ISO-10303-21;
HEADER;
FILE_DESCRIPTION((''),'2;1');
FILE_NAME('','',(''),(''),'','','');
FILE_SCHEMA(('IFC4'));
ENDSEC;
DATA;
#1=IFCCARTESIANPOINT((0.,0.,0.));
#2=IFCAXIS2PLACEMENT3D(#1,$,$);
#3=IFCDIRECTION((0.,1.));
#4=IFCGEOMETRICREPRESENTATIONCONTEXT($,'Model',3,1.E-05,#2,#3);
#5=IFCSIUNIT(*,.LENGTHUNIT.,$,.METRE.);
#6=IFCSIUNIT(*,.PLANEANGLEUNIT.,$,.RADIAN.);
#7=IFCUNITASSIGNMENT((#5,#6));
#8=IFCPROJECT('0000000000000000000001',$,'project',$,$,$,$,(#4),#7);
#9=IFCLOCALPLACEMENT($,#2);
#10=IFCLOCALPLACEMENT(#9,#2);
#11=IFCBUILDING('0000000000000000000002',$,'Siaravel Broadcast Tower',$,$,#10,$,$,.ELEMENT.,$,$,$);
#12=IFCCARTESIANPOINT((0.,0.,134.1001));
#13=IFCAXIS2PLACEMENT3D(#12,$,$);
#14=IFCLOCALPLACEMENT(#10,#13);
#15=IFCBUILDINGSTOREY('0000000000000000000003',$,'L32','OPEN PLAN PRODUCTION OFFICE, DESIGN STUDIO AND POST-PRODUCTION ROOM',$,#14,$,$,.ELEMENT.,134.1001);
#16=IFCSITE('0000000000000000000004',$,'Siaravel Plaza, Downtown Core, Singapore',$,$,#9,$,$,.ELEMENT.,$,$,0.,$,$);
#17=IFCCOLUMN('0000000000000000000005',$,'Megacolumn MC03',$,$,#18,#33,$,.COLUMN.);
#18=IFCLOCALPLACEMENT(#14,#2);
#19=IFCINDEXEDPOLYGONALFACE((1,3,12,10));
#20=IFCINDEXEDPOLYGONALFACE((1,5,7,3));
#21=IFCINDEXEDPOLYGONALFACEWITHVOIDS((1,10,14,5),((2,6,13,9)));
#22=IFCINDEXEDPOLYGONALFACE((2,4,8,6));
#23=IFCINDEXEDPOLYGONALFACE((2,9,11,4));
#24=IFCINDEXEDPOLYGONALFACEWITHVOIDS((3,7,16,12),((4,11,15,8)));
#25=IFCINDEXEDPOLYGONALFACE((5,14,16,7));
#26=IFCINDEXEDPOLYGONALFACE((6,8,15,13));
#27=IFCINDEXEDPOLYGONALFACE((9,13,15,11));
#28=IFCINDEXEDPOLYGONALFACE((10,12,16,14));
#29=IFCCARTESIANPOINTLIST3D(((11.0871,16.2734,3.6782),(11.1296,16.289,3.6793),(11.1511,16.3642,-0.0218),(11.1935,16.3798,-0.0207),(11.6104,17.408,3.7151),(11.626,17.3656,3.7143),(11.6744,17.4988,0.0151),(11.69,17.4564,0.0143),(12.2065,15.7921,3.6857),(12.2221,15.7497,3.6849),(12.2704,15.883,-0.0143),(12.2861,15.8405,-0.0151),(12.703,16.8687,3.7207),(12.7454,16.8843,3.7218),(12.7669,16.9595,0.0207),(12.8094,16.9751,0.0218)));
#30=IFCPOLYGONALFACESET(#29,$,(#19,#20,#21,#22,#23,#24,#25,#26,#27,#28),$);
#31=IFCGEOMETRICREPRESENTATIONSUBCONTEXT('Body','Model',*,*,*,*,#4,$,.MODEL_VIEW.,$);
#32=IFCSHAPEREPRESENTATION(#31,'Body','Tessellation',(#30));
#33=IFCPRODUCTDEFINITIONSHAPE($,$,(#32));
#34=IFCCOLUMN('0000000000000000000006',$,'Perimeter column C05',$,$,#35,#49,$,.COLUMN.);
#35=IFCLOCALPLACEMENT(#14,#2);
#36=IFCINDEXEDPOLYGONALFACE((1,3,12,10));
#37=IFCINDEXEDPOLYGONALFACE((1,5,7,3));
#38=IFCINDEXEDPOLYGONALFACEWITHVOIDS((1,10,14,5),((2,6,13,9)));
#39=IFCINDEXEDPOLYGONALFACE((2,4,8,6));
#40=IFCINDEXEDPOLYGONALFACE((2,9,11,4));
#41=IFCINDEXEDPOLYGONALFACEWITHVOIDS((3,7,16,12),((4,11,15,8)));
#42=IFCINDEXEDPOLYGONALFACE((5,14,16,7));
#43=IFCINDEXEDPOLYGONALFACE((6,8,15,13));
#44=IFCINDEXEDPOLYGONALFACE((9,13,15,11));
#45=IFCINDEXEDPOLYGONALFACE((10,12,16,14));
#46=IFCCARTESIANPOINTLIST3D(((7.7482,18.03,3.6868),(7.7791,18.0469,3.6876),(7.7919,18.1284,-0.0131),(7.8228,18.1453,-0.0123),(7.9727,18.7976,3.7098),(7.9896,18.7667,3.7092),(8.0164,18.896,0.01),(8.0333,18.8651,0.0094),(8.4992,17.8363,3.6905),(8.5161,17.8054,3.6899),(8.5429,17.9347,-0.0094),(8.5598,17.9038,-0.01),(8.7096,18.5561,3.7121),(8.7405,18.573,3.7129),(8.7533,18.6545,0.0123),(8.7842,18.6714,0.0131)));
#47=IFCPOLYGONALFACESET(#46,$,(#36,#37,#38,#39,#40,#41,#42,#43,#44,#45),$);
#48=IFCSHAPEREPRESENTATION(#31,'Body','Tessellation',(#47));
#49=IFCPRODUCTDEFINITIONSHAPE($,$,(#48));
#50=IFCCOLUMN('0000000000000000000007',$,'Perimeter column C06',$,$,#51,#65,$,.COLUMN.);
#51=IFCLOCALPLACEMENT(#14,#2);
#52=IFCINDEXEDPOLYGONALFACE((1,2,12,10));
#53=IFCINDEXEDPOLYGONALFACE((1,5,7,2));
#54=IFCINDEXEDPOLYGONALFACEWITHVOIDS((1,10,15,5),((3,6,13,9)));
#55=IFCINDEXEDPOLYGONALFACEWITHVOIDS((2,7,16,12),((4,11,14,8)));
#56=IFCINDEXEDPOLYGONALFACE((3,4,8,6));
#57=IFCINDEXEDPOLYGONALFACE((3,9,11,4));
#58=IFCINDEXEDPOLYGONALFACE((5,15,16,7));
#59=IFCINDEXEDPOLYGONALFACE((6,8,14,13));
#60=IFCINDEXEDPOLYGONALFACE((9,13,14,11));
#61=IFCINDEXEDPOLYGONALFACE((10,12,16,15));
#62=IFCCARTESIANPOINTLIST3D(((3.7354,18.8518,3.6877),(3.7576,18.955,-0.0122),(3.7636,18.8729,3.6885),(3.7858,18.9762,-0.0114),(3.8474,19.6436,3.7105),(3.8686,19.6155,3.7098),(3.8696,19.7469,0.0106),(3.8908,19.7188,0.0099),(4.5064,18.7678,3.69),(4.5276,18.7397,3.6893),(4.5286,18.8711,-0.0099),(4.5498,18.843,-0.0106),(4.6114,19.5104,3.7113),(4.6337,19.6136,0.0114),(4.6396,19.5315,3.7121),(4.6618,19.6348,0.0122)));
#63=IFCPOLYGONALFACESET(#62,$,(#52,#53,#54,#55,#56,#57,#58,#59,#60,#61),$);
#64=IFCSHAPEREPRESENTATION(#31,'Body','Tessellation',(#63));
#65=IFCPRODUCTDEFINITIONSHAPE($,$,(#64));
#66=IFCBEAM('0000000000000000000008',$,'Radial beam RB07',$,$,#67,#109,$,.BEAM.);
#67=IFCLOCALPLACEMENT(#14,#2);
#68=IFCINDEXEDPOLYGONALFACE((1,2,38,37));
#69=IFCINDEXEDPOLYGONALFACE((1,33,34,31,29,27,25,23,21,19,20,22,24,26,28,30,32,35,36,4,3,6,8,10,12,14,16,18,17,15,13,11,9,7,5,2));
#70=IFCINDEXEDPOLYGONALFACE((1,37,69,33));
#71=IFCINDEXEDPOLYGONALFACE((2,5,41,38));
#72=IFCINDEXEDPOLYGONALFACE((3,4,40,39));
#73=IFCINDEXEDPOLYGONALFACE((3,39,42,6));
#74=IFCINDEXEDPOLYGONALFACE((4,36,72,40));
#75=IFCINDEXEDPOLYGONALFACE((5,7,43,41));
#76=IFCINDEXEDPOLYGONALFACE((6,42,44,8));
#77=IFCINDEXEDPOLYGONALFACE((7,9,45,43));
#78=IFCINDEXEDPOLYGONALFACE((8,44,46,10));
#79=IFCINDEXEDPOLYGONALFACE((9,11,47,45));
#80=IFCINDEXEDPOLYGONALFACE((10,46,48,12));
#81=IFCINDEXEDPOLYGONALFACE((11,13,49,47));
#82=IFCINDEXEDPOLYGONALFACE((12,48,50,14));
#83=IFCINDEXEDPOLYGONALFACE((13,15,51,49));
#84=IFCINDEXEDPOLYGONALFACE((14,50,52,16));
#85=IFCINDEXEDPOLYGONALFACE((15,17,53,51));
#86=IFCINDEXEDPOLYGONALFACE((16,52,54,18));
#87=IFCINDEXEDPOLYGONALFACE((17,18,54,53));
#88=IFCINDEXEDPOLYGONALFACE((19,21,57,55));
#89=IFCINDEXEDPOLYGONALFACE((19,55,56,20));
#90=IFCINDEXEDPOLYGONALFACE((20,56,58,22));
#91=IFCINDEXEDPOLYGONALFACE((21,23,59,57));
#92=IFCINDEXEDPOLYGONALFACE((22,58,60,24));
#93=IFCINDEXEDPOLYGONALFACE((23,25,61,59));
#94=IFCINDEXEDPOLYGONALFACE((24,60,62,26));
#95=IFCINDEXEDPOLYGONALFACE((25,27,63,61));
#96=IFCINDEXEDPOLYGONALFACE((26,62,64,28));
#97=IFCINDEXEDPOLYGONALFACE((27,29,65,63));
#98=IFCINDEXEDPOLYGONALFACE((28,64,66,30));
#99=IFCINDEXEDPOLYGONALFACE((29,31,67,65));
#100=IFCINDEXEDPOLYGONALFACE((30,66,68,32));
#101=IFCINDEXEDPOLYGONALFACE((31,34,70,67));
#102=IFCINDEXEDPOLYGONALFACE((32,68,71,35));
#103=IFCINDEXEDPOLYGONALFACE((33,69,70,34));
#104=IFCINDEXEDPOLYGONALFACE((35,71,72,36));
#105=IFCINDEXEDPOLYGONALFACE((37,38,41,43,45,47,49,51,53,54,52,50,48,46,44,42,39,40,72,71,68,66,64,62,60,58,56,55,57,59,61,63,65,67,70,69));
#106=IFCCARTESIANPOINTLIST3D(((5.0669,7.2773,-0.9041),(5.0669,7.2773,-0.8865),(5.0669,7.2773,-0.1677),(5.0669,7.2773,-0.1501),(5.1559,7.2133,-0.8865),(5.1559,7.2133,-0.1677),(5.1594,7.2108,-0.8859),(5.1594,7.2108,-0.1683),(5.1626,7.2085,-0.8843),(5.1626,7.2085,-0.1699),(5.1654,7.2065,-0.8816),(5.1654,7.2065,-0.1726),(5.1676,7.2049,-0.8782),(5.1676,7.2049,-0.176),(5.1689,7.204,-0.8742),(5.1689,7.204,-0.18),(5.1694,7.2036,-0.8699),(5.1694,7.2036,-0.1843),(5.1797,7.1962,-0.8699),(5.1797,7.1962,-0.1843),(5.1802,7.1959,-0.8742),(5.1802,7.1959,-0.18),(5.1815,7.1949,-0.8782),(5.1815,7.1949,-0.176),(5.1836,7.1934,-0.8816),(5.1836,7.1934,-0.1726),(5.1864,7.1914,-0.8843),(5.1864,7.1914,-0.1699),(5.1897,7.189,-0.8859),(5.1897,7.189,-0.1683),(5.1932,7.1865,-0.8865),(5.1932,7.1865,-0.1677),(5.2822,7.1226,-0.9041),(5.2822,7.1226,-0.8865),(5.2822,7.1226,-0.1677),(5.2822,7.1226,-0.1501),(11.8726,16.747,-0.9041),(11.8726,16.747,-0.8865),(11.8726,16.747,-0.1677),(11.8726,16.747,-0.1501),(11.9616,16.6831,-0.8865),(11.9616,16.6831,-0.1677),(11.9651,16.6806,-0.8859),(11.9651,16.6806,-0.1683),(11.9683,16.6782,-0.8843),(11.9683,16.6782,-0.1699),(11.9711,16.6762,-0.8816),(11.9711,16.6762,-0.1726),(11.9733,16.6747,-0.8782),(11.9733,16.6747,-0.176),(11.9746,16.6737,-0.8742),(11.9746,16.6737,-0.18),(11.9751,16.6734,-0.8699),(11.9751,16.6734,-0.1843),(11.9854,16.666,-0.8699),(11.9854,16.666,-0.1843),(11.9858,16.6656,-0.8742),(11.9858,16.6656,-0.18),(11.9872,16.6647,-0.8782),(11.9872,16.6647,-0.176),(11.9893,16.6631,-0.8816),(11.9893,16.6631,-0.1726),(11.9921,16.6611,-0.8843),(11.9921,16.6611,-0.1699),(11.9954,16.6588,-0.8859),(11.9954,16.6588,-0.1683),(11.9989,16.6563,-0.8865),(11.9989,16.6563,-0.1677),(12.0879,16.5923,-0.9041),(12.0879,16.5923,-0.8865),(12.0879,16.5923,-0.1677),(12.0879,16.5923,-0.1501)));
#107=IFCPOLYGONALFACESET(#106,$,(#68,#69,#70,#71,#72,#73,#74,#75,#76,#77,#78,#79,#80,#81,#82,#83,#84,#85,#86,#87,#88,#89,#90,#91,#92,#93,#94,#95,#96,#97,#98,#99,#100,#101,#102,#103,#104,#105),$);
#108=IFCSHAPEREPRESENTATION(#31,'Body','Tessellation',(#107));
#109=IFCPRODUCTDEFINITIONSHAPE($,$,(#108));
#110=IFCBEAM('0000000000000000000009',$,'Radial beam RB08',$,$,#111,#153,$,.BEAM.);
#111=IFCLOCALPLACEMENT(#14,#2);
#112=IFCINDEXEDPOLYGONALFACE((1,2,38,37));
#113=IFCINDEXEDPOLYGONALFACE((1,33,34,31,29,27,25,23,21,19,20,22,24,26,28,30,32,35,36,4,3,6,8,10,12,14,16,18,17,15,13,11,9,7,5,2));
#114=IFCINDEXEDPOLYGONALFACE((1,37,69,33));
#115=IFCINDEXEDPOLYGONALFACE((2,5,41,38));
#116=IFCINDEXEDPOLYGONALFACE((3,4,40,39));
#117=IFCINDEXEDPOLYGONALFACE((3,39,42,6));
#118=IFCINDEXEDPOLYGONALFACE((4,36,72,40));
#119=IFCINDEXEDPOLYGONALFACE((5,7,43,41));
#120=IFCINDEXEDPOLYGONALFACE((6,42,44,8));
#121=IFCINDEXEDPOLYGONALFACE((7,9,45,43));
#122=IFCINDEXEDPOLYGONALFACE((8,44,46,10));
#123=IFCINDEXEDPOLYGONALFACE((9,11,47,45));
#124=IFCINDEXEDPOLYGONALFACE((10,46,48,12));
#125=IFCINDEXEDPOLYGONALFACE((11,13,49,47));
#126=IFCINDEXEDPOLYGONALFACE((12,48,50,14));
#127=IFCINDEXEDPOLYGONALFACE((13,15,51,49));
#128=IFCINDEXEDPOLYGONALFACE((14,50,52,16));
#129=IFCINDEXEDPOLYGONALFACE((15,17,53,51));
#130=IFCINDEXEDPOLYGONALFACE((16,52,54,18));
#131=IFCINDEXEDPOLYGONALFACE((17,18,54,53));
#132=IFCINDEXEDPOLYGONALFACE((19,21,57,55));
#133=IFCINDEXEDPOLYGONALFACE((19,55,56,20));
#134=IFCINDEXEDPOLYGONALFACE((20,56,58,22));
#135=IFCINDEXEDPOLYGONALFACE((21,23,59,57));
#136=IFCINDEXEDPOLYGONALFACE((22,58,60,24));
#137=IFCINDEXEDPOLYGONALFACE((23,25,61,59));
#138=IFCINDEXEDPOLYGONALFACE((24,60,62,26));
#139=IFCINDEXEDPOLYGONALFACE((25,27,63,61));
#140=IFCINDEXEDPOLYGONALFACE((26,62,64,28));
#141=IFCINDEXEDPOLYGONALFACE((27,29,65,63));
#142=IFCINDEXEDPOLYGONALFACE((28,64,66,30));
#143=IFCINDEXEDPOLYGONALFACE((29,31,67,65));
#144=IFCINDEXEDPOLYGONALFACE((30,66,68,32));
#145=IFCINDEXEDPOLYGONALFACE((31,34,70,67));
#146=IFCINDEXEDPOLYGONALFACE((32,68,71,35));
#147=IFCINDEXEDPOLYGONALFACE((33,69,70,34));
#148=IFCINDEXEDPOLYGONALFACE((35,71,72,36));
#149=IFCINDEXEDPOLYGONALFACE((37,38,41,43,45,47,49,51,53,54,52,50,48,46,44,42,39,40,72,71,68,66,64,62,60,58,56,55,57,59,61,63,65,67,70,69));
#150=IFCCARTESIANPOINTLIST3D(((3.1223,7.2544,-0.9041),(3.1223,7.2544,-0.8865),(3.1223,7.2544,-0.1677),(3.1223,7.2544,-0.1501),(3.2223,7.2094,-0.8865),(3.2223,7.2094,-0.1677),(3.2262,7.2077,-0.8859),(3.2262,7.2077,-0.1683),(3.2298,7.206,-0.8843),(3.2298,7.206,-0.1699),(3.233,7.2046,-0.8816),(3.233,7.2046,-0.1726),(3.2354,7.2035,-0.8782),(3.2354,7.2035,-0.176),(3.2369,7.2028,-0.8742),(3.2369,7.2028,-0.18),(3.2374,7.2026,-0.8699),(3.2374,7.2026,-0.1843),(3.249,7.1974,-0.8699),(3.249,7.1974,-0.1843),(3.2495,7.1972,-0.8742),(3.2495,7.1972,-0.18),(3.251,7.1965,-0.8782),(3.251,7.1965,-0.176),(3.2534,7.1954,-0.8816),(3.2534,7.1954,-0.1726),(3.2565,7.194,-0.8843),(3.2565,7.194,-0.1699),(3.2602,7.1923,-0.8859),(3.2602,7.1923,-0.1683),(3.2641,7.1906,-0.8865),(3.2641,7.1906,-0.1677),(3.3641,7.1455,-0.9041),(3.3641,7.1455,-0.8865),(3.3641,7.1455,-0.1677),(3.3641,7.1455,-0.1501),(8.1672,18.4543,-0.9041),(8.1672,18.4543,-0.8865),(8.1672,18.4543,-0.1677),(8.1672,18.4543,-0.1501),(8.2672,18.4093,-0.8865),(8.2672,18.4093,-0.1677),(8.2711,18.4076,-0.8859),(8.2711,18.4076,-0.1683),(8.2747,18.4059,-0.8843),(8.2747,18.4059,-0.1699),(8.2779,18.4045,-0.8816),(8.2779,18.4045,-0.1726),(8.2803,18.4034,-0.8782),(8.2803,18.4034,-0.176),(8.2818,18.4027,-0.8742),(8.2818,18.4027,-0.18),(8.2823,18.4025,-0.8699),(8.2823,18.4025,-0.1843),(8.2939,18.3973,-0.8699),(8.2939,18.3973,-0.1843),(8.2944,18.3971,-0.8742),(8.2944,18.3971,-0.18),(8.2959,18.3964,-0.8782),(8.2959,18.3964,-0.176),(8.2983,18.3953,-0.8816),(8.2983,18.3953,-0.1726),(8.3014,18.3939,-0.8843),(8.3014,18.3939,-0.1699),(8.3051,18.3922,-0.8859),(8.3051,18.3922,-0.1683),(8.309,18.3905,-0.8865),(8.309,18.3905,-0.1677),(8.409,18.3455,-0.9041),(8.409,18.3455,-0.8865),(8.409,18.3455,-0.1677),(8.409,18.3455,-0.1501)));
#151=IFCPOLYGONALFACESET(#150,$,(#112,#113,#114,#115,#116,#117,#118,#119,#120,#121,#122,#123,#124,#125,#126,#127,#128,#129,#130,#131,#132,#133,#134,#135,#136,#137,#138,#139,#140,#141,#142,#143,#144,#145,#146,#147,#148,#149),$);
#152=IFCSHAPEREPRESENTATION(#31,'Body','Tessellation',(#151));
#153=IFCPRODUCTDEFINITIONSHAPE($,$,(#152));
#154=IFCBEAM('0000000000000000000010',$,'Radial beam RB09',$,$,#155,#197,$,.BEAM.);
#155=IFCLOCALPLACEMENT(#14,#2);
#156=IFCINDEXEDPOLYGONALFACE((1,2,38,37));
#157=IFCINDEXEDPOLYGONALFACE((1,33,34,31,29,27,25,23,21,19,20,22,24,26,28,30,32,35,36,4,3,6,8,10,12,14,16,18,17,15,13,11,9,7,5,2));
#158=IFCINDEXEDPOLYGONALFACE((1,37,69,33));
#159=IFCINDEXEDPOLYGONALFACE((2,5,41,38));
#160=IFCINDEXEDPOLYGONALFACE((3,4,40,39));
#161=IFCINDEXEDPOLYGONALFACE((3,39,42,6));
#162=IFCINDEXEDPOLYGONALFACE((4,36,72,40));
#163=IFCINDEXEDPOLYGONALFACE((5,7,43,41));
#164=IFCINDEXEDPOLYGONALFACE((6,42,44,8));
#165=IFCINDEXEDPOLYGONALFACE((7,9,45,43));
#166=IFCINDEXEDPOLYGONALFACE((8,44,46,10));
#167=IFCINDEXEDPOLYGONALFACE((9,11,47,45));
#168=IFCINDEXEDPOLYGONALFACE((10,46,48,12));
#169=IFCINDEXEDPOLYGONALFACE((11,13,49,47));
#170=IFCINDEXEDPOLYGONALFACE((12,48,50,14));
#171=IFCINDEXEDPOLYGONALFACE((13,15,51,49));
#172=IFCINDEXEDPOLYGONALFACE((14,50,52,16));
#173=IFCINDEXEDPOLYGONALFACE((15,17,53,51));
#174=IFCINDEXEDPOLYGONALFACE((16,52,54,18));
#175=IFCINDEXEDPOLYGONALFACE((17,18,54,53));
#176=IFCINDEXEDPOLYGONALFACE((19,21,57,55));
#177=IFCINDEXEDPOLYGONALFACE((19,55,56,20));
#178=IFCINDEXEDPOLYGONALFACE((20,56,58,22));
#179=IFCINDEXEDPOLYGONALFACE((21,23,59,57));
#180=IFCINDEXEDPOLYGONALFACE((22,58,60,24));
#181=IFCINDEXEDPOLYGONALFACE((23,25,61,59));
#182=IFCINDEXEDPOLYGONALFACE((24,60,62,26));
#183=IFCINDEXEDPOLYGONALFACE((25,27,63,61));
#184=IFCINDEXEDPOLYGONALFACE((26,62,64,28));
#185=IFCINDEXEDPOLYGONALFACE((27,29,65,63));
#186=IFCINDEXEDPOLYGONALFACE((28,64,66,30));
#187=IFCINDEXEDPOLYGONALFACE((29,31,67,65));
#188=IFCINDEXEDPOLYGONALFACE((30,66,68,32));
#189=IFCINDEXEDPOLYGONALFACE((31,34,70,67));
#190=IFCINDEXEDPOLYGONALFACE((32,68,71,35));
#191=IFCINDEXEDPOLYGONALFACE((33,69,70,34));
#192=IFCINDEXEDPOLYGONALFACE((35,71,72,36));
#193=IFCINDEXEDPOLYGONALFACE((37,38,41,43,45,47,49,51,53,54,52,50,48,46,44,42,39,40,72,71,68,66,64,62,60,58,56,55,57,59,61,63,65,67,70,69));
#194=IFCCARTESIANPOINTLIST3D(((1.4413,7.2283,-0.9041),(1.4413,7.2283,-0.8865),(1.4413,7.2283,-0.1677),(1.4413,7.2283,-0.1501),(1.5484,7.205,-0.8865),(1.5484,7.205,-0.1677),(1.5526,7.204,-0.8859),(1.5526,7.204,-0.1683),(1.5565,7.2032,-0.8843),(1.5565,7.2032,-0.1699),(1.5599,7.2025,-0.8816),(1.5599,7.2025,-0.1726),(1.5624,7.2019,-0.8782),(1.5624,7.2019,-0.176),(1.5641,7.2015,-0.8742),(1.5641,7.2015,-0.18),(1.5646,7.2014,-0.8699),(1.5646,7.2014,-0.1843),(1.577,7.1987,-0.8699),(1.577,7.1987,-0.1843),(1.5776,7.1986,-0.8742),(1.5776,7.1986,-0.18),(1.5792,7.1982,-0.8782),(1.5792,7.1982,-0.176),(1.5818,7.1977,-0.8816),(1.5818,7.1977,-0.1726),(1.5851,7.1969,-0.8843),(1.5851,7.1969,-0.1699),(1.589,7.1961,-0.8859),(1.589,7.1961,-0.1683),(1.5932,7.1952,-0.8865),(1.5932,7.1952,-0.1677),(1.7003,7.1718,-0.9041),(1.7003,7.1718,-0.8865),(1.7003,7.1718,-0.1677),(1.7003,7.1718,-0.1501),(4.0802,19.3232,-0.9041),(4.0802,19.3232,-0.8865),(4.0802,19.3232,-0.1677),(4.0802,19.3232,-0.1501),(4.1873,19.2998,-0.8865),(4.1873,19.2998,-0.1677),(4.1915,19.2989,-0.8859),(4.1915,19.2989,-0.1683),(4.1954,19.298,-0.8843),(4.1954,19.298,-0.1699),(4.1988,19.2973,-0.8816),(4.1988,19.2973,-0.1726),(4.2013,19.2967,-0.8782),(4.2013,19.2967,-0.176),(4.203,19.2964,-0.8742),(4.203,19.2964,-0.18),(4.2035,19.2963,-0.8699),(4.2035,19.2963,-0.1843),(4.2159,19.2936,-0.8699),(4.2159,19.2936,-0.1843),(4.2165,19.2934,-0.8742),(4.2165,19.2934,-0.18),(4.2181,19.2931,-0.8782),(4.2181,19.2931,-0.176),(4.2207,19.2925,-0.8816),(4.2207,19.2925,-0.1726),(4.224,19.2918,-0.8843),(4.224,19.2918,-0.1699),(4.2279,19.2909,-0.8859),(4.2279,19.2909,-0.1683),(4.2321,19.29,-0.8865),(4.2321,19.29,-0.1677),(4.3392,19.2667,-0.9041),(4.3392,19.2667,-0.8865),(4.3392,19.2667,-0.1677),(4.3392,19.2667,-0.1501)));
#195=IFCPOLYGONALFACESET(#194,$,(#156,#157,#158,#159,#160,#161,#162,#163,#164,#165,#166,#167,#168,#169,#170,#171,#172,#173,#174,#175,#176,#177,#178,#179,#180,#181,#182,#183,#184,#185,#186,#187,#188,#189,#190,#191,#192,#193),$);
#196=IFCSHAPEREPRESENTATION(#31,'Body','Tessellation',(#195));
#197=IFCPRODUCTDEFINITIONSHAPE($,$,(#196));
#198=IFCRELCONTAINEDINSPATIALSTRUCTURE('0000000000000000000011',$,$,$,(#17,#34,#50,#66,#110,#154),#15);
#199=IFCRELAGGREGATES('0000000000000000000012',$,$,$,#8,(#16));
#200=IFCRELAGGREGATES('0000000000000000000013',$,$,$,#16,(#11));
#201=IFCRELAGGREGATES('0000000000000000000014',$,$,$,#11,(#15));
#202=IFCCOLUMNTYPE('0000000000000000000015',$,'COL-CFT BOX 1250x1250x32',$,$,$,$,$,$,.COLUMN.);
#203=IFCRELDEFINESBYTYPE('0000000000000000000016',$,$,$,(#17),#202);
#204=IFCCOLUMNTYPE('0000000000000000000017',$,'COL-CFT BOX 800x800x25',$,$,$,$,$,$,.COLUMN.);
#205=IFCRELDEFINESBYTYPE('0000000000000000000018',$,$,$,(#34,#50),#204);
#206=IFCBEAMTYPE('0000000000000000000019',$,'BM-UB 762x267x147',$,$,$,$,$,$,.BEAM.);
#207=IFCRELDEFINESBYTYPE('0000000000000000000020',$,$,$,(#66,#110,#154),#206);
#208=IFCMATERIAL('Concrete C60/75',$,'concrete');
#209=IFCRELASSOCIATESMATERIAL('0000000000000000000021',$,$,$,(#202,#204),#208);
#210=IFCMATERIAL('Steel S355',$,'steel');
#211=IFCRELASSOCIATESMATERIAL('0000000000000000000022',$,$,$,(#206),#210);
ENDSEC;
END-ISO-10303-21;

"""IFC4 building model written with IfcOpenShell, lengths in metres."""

from ifc_helpers import new_model, si_unit, direction, frame, origin, origin_2d, place, context, subcontext, project, spatial, hollow_rectangle, i_section, extrude, material, material_profile, profile_set, type_object, element, save


model = new_model("IFC4")

# Units and contexts
model_context = context("Model", 3, precision=1e-05, world=origin(), true_north=direction((0.0, 1.0)))
body_context = subcontext(model_context, "Body", "Model", "MODEL_VIEW")
ifc_project = project(units=[si_unit("LENGTHUNIT", "METRE"), si_unit("PLANEANGLEUNIT", "RADIAN")], contexts=[model_context])

# Site, building, storey
site_placement = place(None, origin())
site = spatial("IfcSite", under=ifc_project, at=site_placement, Name="Siaravel Plaza, Downtown Core, Singapore", CompositionType="ELEMENT", RefElevation=0.0)
building_placement = place(site_placement, origin())
building = spatial("IfcBuilding", under=site, at=building_placement, Name="Siaravel Broadcast Tower", CompositionType="ELEMENT")
storey_placement = place(building_placement, frame((0.0, 0.0, 134.1001)))
storey = spatial("IfcBuildingStorey", under=building, at=storey_placement, Name="L32", Description="OPEN PLAN PRODUCTION OFFICE, DESIGN STUDIO AND POST-PRODUCTION ROOM", CompositionType="ELEMENT", Elevation=134.1001)

# Columns
ifc_material_1 = material(Name="Concrete C60/75", Category="concrete")
ifc_material_profile_1 = material_profile(ifc_material_1, hollow_rectangle(XDim=1.25, YDim=1.25, WallThickness=0.032, at=origin_2d()))
ifc_profile_set_1 = profile_set([ifc_material_profile_1], Name="Concrete C60/75")
column_type_1 = type_object("IfcColumnType", Name="COL-CFT BOX 1250x1250x32", PredefinedType="COLUMN", material=ifc_profile_set_1)
column_placement = place(storey_placement, frame((11.9802, 16.6697, 0.0), z_axis=(-0.01728, -0.024535, 0.99955), x_axis=(0.908001, -0.418933, 0.005414)))
element("IfcColumn", 1, at=column_placement, inside=storey, type_object=column_type_1, Name="Megacolumn MC03", PredefinedType="COLUMN", context=body_context, shape_type="SweptSolid", body=[
    extrude(hollow_rectangle(XDim=1.25, YDim=1.25, WallThickness=0.032, at=origin_2d()), origin(), (0.0, 0.0, 1.0), 3.7017),
])
ifc_material_profile_2 = material_profile(ifc_material_1, hollow_rectangle(XDim=0.8, YDim=0.8, WallThickness=0.0249, at=origin_2d()))
ifc_profile_set_2 = profile_set([ifc_material_profile_2], Name="Concrete C60/75")
column_type_2 = type_object("IfcColumnType", Name="COL-CFT BOX 800x800x25", PredefinedType="COLUMN", material=ifc_profile_set_2)
for number, where, z_axis, x_axis, name in (
    (2, (8.2881, 18.3999, 0.0), (-0.011806, -0.026581, 0.999577), (0.959776, -0.28074, 0.003871), "Perimeter column C05"),
    (3, (4.2097, 19.2949, 0.0), (-0.006002, -0.0279, 0.999593), (0.990135, -0.1401, 0.002035), "Perimeter column C06"),
):
    element("IfcColumn", number, at=place(storey_placement, frame(where, z_axis=z_axis, x_axis=x_axis)), inside=storey, type_object=column_type_2, Name=name, PredefinedType="COLUMN", context=body_context, shape_type="SweptSolid", body=[
        extrude(hollow_rectangle(XDim=0.8, YDim=0.8, WallThickness=0.0249, at=origin_2d()), origin(), (0.0, 0.0, 1.0), 3.7014),
    ])

# Beams
ifc_material_2 = material(Name="Steel S355", Category="steel")
ifc_material_profile_3 = material_profile(ifc_material_2, i_section(OverallWidth=0.2651, OverallDepth=0.7539, WebThickness=0.0127, FlangeThickness=0.0176, FilletRadius=0.0166, at=origin_2d()))
ifc_profile_set_3 = profile_set([ifc_material_profile_3], Name="Steel S355")
beam_type = type_object("IfcBeamType", Name="BM-UB 762x267x147", PredefinedType="BEAM", material=ifc_profile_set_3)
beam_1_placement = place(storey_placement, frame((11.9802, 16.6697, -0.5271), z_axis=(-0.583596, -0.812044, 0.0), x_axis=(0.812044, -0.583596, 0.0)))
element("IfcBeam", 4, at=beam_1_placement, inside=storey, type_object=beam_type, Name="Radial beam RB07", PredefinedType="BEAM", context=body_context, shape_type="SweptSolid", body=[
    extrude(i_section(OverallWidth=0.2651, OverallDepth=0.7539, WebThickness=0.0127, FlangeThickness=0.0176, FilletRadius=0.0166, at=origin_2d()), origin(), (0.0, 0.0, 1.0), 11.6616),
])
beam_2_placement = place(storey_placement, frame((8.2881, 18.3999, -0.5271), z_axis=(-0.410699, -0.911771, 0.0), x_axis=(0.911771, -0.410699, 0.0)))
element("IfcBeam", 5, at=beam_2_placement, inside=storey, type_object=beam_type, Name="Radial beam RB08", PredefinedType="BEAM", context=body_context, shape_type="SweptSolid", body=[
    extrude(i_section(OverallWidth=0.2651, OverallDepth=0.7539, WebThickness=0.0127, FlangeThickness=0.0176, FilletRadius=0.0166, at=origin_2d()), origin(), (0.0, 0.0, 1.0), 12.2837),
])
beam_3_placement = place(storey_placement, frame((4.2097, 19.2949, -0.5271), z_axis=(-0.213168, -0.977016, 0.0), x_axis=(0.977016, -0.213168, 0.0)))
element("IfcBeam", 6, at=beam_3_placement, inside=storey, type_object=beam_type, Name="Radial beam RB09", PredefinedType="BEAM", context=body_context, shape_type="SweptSolid", body=[
    extrude(i_section(OverallWidth=0.2651, OverallDepth=0.7539, WebThickness=0.0127, FlangeThickness=0.0176, FilletRadius=0.0166, at=origin_2d()), origin(), (0.0, 0.0, 1.0), 12.3794),
])

save(model, "model.ifc")
